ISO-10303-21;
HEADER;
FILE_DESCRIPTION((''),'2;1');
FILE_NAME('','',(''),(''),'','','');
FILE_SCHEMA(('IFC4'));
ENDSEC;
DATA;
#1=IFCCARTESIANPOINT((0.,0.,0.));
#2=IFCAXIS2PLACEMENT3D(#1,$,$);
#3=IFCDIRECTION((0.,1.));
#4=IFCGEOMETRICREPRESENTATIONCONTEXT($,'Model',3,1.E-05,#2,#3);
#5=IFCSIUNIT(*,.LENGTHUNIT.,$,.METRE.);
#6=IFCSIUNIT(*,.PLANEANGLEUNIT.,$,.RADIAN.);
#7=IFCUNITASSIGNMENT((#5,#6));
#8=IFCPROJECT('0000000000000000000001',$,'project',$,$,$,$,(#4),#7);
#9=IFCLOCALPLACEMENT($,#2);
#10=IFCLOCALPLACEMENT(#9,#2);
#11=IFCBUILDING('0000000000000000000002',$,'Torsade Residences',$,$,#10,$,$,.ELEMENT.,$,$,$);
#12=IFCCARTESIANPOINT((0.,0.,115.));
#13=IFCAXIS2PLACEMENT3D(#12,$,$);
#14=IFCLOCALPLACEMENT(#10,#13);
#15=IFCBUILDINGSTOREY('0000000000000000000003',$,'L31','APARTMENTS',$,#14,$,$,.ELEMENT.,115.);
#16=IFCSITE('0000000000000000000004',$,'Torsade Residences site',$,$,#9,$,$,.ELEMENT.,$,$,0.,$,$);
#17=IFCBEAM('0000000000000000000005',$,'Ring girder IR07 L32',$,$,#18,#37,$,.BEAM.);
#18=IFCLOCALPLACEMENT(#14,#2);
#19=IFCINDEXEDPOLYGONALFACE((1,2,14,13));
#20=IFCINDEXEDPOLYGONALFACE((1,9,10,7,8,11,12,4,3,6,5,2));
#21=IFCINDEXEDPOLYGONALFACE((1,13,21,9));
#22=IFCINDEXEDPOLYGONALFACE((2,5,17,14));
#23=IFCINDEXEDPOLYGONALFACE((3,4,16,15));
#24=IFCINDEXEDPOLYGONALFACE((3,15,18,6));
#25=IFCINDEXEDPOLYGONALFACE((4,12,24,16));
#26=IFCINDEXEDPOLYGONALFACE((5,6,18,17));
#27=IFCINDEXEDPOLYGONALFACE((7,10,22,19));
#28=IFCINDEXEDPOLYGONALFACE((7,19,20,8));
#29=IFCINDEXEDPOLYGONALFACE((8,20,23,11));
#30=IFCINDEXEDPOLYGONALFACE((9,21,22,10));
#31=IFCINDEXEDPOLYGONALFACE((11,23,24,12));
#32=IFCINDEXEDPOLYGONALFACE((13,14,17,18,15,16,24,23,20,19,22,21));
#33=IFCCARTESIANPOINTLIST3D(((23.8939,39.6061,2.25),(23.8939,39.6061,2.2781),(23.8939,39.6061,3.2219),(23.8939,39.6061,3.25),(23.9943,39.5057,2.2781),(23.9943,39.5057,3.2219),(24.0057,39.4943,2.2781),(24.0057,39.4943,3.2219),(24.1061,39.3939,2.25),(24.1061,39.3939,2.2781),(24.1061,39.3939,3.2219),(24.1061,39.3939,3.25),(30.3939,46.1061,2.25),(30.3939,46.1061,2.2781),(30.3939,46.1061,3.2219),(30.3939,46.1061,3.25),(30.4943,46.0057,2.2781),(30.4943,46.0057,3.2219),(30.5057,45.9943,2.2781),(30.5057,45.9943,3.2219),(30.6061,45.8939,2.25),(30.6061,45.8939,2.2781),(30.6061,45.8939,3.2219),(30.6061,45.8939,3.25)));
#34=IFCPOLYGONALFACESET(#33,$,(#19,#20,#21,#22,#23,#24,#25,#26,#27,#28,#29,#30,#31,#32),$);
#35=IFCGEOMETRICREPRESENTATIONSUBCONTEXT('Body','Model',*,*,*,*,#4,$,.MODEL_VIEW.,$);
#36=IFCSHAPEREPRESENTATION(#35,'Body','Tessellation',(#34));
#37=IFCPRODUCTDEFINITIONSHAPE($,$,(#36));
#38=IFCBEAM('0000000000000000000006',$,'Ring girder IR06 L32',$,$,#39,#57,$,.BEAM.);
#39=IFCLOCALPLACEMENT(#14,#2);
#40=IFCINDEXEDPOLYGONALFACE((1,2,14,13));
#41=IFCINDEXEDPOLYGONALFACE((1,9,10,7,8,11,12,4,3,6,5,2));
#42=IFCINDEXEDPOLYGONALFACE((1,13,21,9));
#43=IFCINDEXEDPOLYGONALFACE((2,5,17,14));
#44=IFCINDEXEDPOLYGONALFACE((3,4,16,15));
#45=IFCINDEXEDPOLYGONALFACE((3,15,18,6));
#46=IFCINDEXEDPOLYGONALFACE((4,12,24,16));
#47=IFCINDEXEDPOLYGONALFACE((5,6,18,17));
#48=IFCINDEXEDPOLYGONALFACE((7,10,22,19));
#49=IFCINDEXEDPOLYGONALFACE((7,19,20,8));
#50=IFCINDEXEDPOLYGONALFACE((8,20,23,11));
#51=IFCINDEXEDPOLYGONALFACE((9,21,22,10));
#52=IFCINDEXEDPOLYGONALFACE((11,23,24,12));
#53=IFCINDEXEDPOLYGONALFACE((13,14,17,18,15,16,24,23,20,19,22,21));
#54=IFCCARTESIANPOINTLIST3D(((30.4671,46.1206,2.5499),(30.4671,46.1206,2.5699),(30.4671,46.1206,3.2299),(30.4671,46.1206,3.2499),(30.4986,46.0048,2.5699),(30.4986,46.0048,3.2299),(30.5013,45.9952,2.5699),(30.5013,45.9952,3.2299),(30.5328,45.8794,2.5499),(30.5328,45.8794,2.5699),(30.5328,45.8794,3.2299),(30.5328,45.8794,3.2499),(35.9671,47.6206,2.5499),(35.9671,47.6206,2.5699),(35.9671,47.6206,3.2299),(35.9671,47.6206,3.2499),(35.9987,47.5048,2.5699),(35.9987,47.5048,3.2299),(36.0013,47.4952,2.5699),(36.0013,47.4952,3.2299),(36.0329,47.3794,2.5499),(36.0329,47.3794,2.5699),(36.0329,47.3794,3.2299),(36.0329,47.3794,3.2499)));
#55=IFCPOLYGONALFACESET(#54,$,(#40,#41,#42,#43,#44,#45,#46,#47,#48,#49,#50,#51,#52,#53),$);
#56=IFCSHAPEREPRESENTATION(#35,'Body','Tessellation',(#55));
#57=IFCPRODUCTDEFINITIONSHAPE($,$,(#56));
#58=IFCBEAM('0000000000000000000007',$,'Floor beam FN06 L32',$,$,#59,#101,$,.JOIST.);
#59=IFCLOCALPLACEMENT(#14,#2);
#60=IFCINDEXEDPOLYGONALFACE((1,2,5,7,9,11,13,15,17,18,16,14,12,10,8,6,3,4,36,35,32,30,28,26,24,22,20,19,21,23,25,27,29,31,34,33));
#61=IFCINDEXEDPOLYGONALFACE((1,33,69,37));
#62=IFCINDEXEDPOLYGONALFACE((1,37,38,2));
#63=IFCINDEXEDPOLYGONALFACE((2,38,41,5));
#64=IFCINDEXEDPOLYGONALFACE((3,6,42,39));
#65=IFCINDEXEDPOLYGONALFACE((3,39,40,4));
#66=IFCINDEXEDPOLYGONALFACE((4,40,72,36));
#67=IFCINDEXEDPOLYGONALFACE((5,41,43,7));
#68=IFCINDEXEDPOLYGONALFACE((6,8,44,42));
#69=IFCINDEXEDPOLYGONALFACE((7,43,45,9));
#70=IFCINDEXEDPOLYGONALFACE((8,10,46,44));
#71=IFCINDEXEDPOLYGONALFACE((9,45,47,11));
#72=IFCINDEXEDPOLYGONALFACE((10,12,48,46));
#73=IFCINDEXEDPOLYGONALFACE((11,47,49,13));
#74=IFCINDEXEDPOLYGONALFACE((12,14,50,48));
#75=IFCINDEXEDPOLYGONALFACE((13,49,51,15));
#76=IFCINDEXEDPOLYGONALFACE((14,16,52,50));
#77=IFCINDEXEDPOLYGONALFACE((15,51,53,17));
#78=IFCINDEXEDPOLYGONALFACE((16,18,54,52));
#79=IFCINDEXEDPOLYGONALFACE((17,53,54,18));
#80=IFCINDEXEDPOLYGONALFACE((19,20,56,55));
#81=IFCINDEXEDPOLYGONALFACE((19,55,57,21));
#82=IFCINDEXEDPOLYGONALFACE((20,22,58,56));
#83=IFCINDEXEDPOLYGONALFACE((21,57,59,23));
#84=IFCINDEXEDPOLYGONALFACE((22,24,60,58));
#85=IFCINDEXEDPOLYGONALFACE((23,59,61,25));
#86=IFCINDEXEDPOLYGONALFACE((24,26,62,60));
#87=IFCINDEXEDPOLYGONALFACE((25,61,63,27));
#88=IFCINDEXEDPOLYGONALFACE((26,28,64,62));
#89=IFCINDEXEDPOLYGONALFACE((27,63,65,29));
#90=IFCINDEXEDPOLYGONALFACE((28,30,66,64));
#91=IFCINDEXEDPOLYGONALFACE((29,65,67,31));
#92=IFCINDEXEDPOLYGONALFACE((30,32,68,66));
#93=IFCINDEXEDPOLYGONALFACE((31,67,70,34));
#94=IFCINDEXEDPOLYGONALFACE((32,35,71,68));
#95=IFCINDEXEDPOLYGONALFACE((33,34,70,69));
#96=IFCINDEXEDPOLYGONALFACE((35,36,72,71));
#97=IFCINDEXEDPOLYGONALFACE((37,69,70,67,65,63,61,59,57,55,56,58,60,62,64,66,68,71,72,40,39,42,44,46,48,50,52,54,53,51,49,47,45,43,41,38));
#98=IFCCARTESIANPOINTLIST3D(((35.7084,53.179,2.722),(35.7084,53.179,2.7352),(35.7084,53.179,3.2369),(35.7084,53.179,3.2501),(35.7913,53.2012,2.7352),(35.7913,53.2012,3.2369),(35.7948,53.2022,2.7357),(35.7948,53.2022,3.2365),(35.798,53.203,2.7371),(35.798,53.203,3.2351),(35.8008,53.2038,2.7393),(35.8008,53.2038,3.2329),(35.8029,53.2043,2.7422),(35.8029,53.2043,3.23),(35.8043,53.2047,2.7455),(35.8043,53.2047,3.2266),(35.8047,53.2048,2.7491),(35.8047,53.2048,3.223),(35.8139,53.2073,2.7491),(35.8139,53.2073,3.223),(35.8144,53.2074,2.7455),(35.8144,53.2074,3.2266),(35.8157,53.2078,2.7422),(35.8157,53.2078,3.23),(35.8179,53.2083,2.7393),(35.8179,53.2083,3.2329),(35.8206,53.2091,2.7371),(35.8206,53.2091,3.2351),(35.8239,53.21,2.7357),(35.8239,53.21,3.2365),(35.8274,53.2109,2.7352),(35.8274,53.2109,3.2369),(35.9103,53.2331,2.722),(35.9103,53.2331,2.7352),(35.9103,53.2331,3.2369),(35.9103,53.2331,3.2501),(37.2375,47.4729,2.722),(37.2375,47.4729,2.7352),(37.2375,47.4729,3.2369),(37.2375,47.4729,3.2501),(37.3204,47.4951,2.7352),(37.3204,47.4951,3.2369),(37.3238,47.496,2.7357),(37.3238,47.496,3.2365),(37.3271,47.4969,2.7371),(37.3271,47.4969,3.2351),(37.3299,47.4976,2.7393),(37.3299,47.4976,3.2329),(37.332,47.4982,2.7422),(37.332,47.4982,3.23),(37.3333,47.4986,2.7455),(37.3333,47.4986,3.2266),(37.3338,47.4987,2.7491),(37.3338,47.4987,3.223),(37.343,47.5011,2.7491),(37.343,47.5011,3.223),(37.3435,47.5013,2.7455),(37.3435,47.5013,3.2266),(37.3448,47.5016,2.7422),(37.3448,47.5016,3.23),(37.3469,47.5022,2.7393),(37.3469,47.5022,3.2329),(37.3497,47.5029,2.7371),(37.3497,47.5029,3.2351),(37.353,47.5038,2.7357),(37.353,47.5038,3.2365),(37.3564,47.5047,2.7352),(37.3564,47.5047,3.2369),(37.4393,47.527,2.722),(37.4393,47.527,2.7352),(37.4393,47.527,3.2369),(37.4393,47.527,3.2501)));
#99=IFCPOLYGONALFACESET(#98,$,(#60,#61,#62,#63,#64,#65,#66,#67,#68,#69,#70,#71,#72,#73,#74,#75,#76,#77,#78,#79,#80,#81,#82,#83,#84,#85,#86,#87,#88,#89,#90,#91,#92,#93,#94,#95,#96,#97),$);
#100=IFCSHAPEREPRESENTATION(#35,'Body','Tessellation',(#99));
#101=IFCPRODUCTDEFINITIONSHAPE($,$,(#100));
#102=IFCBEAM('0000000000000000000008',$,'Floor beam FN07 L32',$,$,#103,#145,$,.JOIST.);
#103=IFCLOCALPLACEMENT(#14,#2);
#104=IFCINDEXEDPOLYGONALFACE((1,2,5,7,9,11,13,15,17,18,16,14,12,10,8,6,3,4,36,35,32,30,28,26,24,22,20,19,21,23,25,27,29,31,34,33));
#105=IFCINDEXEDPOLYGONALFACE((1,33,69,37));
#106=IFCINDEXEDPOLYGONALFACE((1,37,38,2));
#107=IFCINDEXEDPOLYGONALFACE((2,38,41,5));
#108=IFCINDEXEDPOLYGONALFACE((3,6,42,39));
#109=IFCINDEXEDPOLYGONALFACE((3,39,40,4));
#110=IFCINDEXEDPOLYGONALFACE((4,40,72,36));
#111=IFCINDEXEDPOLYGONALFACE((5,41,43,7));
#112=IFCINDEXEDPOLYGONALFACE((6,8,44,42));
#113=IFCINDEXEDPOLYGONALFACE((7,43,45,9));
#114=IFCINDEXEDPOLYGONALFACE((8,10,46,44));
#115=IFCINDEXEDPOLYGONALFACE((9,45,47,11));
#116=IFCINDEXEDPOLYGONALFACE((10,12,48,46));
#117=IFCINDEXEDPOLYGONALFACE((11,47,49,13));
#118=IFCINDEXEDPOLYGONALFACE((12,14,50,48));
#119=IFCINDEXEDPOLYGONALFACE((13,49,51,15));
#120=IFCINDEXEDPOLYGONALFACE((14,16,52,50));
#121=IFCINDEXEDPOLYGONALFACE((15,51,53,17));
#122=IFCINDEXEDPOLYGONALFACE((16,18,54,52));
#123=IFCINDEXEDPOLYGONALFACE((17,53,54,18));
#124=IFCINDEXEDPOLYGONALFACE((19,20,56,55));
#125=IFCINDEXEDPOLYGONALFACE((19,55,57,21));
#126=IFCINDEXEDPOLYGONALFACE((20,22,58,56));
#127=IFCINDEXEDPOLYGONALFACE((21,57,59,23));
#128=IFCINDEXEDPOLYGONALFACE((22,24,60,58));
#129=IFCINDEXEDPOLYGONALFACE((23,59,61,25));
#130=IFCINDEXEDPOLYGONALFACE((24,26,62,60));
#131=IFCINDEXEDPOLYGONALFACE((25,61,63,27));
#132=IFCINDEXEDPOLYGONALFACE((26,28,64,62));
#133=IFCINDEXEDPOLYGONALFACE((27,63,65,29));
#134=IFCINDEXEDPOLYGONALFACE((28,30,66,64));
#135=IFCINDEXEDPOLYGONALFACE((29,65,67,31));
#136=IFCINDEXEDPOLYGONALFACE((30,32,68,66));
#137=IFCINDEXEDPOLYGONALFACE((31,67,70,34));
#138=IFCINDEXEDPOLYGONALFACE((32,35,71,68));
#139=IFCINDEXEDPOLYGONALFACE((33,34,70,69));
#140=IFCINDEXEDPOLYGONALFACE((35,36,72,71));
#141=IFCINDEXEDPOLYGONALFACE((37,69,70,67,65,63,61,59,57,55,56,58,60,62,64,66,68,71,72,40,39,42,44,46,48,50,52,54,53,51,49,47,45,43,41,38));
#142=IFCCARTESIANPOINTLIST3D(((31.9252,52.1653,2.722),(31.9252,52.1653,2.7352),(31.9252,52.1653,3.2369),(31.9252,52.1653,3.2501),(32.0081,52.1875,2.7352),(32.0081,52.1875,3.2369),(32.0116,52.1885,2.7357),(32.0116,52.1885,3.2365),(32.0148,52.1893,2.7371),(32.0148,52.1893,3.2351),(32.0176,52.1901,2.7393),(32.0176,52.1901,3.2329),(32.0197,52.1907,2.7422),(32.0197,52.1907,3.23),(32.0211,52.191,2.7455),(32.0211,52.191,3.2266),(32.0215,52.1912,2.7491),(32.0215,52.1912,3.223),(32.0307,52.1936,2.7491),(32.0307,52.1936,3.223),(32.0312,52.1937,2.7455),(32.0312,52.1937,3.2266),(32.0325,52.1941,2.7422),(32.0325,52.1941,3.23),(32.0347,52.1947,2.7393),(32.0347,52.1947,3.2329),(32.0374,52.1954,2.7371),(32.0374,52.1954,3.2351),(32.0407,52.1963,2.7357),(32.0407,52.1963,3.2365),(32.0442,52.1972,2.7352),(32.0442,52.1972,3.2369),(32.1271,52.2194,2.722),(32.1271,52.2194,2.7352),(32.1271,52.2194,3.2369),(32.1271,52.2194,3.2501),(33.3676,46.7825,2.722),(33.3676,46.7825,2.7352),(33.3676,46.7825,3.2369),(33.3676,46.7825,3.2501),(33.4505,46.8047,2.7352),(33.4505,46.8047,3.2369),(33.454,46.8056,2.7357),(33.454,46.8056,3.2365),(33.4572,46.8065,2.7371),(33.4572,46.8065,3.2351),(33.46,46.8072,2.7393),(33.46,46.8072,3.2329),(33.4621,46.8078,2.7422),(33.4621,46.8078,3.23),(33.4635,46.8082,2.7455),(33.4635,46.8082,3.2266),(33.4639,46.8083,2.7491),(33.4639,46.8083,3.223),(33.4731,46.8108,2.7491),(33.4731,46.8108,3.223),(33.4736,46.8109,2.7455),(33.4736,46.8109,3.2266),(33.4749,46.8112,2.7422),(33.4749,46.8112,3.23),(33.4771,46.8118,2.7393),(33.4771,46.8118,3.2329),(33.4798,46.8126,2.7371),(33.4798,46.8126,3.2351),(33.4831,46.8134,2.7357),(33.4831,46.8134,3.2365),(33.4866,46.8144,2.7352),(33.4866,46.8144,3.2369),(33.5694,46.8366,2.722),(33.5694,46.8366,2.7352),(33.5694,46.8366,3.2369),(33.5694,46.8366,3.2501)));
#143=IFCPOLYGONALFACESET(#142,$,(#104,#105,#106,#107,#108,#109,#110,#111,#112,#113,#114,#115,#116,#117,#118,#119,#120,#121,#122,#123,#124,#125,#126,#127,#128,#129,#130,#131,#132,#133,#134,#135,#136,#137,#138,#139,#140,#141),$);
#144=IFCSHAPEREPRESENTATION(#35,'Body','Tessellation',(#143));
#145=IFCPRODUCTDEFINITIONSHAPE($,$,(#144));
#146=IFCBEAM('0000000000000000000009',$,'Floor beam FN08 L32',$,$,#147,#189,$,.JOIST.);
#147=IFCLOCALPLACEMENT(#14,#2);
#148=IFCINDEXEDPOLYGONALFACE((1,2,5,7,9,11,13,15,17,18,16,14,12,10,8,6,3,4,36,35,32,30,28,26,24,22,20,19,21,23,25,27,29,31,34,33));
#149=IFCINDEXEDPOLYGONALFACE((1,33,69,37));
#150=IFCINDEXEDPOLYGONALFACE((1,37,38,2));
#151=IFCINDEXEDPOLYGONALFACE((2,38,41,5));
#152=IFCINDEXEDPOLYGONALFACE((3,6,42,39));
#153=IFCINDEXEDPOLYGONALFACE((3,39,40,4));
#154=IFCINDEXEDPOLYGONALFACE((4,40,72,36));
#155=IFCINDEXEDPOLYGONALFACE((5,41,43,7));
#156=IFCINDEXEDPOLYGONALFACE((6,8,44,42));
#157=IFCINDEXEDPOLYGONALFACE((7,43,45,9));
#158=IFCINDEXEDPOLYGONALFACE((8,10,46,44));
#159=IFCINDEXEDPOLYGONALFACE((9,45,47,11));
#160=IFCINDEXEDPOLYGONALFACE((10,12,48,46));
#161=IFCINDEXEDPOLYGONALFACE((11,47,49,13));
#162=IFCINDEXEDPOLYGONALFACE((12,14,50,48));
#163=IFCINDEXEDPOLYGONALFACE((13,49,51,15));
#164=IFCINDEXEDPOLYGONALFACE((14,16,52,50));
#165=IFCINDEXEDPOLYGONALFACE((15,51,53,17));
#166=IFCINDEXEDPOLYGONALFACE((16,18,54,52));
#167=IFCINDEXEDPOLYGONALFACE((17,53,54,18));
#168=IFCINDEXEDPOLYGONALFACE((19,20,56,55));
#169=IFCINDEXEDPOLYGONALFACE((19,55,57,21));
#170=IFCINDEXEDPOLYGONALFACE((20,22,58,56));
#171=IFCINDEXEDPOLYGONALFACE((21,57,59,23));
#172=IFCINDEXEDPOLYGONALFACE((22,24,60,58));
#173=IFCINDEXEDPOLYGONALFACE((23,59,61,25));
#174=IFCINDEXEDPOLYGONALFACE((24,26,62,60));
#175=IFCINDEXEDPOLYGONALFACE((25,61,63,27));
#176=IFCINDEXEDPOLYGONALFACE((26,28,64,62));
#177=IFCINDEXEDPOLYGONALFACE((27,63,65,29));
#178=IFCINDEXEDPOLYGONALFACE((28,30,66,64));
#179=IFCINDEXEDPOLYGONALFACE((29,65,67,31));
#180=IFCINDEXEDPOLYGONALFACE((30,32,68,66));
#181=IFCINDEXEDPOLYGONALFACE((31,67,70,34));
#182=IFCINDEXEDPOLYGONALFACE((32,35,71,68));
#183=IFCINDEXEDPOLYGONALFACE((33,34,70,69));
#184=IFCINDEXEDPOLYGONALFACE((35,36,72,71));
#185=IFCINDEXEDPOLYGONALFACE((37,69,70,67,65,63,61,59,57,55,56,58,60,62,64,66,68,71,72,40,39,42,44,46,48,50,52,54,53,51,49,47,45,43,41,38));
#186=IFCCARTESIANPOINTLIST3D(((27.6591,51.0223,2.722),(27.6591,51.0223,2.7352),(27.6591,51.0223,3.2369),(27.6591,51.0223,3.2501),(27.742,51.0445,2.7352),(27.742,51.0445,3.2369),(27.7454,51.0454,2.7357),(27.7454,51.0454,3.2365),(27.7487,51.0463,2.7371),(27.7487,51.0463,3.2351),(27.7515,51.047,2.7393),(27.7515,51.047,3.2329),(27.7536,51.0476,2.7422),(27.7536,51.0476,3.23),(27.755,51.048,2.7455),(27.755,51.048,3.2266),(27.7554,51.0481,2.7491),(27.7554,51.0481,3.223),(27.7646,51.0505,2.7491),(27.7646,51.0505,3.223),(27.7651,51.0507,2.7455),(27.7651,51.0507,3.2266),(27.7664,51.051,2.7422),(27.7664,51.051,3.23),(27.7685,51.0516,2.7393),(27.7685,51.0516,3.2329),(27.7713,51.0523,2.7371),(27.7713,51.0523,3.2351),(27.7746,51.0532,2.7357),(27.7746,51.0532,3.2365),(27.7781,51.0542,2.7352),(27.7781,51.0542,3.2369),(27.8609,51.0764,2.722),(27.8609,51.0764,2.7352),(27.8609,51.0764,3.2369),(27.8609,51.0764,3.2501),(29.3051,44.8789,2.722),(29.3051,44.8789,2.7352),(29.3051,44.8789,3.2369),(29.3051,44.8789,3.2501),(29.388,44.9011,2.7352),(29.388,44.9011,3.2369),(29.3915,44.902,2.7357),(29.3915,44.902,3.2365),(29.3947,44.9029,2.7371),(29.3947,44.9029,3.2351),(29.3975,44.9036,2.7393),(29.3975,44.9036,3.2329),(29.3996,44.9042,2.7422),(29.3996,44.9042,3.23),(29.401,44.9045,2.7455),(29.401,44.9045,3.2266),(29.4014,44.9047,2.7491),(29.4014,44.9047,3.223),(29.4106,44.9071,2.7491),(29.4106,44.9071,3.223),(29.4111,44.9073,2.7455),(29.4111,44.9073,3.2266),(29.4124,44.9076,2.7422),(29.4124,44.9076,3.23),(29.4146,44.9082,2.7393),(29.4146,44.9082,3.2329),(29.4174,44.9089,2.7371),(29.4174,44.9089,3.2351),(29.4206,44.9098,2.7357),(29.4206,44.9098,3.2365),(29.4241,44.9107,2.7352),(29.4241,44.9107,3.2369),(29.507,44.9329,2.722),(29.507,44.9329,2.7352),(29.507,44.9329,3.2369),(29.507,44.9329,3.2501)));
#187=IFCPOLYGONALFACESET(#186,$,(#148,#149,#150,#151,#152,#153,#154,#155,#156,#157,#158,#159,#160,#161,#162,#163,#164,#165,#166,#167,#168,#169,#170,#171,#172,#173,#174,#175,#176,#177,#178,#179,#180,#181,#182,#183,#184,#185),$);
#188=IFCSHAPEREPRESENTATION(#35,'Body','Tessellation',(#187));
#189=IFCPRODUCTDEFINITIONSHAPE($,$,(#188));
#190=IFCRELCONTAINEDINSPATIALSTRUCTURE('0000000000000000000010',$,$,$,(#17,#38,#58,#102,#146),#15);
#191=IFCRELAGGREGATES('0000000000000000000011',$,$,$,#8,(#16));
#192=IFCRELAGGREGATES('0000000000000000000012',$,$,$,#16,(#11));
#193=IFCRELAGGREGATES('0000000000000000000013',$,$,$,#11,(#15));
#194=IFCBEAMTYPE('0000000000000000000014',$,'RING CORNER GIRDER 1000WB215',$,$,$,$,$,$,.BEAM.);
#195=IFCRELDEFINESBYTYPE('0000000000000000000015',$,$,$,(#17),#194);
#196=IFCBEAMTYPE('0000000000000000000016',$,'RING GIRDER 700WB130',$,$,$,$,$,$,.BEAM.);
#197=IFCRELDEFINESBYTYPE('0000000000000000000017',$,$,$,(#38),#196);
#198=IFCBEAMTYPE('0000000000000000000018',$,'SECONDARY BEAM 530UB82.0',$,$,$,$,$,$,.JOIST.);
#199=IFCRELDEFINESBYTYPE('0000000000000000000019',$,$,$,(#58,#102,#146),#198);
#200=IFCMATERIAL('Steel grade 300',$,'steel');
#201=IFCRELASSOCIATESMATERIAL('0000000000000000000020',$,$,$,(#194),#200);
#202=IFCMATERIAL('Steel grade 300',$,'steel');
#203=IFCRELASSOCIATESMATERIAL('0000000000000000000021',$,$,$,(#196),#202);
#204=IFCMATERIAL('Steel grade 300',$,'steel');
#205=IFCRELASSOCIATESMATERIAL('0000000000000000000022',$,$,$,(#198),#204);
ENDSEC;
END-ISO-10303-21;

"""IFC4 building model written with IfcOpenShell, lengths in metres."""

from ifc_helpers import new_model, si_unit, direction, frame, origin, origin_2d, place, context, subcontext, project, spatial, i_section, extrude, material, material_profile, profile_set, type_object, element, save


model = new_model("IFC4")

# Units and contexts
model_context = context("Model", 3, precision=1e-05, world=origin(), true_north=direction((0.0, 1.0)))
body_context = subcontext(model_context, "Body", "Model", "MODEL_VIEW")
ifc_project = project(units=[si_unit("LENGTHUNIT", "METRE"), si_unit("PLANEANGLEUNIT", "RADIAN")], contexts=[model_context])

# Site, building, storey
site_placement = place(None, origin())
site = spatial("IfcSite", under=ifc_project, at=site_placement, Name="Torsade Residences site", CompositionType="ELEMENT", RefElevation=0.0)
building_placement = place(site_placement, origin())
building = spatial("IfcBuilding", under=site, at=building_placement, Name="Torsade Residences", CompositionType="ELEMENT")
storey_placement = place(building_placement, frame((0.0, 0.0, 115.0)))
storey = spatial("IfcBuildingStorey", under=building, at=storey_placement, Name="L31", Description="APARTMENTS", CompositionType="ELEMENT", Elevation=115.0)

# Beams
ifc_material_1 = material(Name="Steel grade 300", Category="steel")
ifc_material_profile_1 = material_profile(ifc_material_1, i_section(OverallWidth=0.3, OverallDepth=1.0, WebThickness=0.0161, FlangeThickness=0.0281, at=origin_2d()), Name="1000WB215")
ifc_profile_set_1 = profile_set([ifc_material_profile_1], Name="Steel grade 300")
beam_type_1 = type_object("IfcBeamType", Name="RING CORNER GIRDER 1000WB215", PredefinedType="BEAM", material=ifc_profile_set_1)
beam_1_placement = place(storey_placement, frame((30.5, 46.0, 2.75), z_axis=(-0.707107, -0.707107, 0.0), x_axis=(0.707107, -0.707107, 0.0)))
element("IfcBeam", 1, at=beam_1_placement, inside=storey, type_object=beam_type_1, Name="Ring girder IR07 L32", PredefinedType="BEAM", context=body_context, shape_type="SweptSolid", body=[
    extrude(i_section(OverallWidth=0.3, OverallDepth=1.0, WebThickness=0.0161, FlangeThickness=0.0281, at=origin_2d()), origin(), (0.0, 0.0, 1.0), 9.1924),
])
ifc_material_2 = material(Name="Steel grade 300", Category="steel")
ifc_material_profile_2 = material_profile(ifc_material_2, i_section(OverallWidth=0.25, OverallDepth=0.7, WebThickness=0.01, FlangeThickness=0.02, at=origin_2d()), Name="700WB130")
ifc_profile_set_2 = profile_set([ifc_material_profile_2], Name="Steel grade 300")
beam_type_2 = type_object("IfcBeamType", Name="RING GIRDER 700WB130", PredefinedType="BEAM", material=ifc_profile_set_2)
beam_2_placement = place(storey_placement, frame((36.0, 47.5, 2.8999), z_axis=(-0.964764, -0.263117, 0.0), x_axis=(0.263117, -0.964764, 0.0)))
element("IfcBeam", 2, at=beam_2_placement, inside=storey, type_object=beam_type_2, Name="Ring girder IR06 L32", PredefinedType="BEAM", context=body_context, shape_type="SweptSolid", body=[
    extrude(i_section(OverallWidth=0.25, OverallDepth=0.7, WebThickness=0.01, FlangeThickness=0.02, at=origin_2d()), origin(), (0.0, 0.0, 1.0), 5.7009),
])
ifc_material_3 = material(Name="Steel grade 300", Category="steel")
ifc_material_profile_3 = material_profile(ifc_material_3, i_section(OverallWidth=0.209, OverallDepth=0.5281, WebThickness=0.0095, FlangeThickness=0.0132, FilletRadius=0.0139, at=origin_2d()), Name="530UB82.0")
ifc_profile_set_3 = profile_set([ifc_material_profile_3], Name="Steel grade 300")
beam_type_3 = type_object("IfcBeamType", Name="SECONDARY BEAM 530UB82.0", PredefinedType="JOIST", material=ifc_profile_set_3)
beam_3_placement = place(storey_placement, frame((35.8093, 53.2061, 2.9861), z_axis=(0.258838, -0.965921, 0.0), x_axis=(0.965921, 0.258838, 0.0)))
element("IfcBeam", 3, at=beam_3_placement, inside=storey, type_object=beam_type_3, Name="Floor beam FN06 L32", PredefinedType="JOIST", context=body_context, shape_type="SweptSolid", body=[
    extrude(i_section(OverallWidth=0.209, OverallDepth=0.5281, WebThickness=0.0095, FlangeThickness=0.0132, FilletRadius=0.0139, at=origin_2d()), origin(), (0.0, 0.0, 1.0), 5.9075),
])
beam_4_placement = place(storey_placement, frame((32.0261, 52.1924, 2.9861), z_axis=(0.25883, -0.965923, 0.0), x_axis=(0.965923, 0.25883, 0.0)))
element("IfcBeam", 4, at=beam_4_placement, inside=storey, type_object=beam_type_3, Name="Floor beam FN07 L32", PredefinedType="JOIST", context=body_context, shape_type="SweptSolid", body=[
    extrude(i_section(OverallWidth=0.209, OverallDepth=0.5281, WebThickness=0.0095, FlangeThickness=0.0132, FilletRadius=0.0139, at=origin_2d()), origin(), (0.0, 0.0, 1.0), 5.5728),
])
beam_5_placement = place(storey_placement, frame((27.76, 51.0493, 2.9861), z_axis=(0.258805, -0.96593, 0.0), x_axis=(0.96593, 0.258805, 0.0)))
element("IfcBeam", 5, at=beam_5_placement, inside=storey, type_object=beam_type_3, Name="Floor beam FN08 L32", PredefinedType="JOIST", context=body_context, shape_type="SweptSolid", body=[
    extrude(i_section(OverallWidth=0.209, OverallDepth=0.5281, WebThickness=0.0095, FlangeThickness=0.0132, FilletRadius=0.0139, at=origin_2d()), origin(), (0.0, 0.0, 1.0), 6.3601),
])

save(model, "model.ifc")
